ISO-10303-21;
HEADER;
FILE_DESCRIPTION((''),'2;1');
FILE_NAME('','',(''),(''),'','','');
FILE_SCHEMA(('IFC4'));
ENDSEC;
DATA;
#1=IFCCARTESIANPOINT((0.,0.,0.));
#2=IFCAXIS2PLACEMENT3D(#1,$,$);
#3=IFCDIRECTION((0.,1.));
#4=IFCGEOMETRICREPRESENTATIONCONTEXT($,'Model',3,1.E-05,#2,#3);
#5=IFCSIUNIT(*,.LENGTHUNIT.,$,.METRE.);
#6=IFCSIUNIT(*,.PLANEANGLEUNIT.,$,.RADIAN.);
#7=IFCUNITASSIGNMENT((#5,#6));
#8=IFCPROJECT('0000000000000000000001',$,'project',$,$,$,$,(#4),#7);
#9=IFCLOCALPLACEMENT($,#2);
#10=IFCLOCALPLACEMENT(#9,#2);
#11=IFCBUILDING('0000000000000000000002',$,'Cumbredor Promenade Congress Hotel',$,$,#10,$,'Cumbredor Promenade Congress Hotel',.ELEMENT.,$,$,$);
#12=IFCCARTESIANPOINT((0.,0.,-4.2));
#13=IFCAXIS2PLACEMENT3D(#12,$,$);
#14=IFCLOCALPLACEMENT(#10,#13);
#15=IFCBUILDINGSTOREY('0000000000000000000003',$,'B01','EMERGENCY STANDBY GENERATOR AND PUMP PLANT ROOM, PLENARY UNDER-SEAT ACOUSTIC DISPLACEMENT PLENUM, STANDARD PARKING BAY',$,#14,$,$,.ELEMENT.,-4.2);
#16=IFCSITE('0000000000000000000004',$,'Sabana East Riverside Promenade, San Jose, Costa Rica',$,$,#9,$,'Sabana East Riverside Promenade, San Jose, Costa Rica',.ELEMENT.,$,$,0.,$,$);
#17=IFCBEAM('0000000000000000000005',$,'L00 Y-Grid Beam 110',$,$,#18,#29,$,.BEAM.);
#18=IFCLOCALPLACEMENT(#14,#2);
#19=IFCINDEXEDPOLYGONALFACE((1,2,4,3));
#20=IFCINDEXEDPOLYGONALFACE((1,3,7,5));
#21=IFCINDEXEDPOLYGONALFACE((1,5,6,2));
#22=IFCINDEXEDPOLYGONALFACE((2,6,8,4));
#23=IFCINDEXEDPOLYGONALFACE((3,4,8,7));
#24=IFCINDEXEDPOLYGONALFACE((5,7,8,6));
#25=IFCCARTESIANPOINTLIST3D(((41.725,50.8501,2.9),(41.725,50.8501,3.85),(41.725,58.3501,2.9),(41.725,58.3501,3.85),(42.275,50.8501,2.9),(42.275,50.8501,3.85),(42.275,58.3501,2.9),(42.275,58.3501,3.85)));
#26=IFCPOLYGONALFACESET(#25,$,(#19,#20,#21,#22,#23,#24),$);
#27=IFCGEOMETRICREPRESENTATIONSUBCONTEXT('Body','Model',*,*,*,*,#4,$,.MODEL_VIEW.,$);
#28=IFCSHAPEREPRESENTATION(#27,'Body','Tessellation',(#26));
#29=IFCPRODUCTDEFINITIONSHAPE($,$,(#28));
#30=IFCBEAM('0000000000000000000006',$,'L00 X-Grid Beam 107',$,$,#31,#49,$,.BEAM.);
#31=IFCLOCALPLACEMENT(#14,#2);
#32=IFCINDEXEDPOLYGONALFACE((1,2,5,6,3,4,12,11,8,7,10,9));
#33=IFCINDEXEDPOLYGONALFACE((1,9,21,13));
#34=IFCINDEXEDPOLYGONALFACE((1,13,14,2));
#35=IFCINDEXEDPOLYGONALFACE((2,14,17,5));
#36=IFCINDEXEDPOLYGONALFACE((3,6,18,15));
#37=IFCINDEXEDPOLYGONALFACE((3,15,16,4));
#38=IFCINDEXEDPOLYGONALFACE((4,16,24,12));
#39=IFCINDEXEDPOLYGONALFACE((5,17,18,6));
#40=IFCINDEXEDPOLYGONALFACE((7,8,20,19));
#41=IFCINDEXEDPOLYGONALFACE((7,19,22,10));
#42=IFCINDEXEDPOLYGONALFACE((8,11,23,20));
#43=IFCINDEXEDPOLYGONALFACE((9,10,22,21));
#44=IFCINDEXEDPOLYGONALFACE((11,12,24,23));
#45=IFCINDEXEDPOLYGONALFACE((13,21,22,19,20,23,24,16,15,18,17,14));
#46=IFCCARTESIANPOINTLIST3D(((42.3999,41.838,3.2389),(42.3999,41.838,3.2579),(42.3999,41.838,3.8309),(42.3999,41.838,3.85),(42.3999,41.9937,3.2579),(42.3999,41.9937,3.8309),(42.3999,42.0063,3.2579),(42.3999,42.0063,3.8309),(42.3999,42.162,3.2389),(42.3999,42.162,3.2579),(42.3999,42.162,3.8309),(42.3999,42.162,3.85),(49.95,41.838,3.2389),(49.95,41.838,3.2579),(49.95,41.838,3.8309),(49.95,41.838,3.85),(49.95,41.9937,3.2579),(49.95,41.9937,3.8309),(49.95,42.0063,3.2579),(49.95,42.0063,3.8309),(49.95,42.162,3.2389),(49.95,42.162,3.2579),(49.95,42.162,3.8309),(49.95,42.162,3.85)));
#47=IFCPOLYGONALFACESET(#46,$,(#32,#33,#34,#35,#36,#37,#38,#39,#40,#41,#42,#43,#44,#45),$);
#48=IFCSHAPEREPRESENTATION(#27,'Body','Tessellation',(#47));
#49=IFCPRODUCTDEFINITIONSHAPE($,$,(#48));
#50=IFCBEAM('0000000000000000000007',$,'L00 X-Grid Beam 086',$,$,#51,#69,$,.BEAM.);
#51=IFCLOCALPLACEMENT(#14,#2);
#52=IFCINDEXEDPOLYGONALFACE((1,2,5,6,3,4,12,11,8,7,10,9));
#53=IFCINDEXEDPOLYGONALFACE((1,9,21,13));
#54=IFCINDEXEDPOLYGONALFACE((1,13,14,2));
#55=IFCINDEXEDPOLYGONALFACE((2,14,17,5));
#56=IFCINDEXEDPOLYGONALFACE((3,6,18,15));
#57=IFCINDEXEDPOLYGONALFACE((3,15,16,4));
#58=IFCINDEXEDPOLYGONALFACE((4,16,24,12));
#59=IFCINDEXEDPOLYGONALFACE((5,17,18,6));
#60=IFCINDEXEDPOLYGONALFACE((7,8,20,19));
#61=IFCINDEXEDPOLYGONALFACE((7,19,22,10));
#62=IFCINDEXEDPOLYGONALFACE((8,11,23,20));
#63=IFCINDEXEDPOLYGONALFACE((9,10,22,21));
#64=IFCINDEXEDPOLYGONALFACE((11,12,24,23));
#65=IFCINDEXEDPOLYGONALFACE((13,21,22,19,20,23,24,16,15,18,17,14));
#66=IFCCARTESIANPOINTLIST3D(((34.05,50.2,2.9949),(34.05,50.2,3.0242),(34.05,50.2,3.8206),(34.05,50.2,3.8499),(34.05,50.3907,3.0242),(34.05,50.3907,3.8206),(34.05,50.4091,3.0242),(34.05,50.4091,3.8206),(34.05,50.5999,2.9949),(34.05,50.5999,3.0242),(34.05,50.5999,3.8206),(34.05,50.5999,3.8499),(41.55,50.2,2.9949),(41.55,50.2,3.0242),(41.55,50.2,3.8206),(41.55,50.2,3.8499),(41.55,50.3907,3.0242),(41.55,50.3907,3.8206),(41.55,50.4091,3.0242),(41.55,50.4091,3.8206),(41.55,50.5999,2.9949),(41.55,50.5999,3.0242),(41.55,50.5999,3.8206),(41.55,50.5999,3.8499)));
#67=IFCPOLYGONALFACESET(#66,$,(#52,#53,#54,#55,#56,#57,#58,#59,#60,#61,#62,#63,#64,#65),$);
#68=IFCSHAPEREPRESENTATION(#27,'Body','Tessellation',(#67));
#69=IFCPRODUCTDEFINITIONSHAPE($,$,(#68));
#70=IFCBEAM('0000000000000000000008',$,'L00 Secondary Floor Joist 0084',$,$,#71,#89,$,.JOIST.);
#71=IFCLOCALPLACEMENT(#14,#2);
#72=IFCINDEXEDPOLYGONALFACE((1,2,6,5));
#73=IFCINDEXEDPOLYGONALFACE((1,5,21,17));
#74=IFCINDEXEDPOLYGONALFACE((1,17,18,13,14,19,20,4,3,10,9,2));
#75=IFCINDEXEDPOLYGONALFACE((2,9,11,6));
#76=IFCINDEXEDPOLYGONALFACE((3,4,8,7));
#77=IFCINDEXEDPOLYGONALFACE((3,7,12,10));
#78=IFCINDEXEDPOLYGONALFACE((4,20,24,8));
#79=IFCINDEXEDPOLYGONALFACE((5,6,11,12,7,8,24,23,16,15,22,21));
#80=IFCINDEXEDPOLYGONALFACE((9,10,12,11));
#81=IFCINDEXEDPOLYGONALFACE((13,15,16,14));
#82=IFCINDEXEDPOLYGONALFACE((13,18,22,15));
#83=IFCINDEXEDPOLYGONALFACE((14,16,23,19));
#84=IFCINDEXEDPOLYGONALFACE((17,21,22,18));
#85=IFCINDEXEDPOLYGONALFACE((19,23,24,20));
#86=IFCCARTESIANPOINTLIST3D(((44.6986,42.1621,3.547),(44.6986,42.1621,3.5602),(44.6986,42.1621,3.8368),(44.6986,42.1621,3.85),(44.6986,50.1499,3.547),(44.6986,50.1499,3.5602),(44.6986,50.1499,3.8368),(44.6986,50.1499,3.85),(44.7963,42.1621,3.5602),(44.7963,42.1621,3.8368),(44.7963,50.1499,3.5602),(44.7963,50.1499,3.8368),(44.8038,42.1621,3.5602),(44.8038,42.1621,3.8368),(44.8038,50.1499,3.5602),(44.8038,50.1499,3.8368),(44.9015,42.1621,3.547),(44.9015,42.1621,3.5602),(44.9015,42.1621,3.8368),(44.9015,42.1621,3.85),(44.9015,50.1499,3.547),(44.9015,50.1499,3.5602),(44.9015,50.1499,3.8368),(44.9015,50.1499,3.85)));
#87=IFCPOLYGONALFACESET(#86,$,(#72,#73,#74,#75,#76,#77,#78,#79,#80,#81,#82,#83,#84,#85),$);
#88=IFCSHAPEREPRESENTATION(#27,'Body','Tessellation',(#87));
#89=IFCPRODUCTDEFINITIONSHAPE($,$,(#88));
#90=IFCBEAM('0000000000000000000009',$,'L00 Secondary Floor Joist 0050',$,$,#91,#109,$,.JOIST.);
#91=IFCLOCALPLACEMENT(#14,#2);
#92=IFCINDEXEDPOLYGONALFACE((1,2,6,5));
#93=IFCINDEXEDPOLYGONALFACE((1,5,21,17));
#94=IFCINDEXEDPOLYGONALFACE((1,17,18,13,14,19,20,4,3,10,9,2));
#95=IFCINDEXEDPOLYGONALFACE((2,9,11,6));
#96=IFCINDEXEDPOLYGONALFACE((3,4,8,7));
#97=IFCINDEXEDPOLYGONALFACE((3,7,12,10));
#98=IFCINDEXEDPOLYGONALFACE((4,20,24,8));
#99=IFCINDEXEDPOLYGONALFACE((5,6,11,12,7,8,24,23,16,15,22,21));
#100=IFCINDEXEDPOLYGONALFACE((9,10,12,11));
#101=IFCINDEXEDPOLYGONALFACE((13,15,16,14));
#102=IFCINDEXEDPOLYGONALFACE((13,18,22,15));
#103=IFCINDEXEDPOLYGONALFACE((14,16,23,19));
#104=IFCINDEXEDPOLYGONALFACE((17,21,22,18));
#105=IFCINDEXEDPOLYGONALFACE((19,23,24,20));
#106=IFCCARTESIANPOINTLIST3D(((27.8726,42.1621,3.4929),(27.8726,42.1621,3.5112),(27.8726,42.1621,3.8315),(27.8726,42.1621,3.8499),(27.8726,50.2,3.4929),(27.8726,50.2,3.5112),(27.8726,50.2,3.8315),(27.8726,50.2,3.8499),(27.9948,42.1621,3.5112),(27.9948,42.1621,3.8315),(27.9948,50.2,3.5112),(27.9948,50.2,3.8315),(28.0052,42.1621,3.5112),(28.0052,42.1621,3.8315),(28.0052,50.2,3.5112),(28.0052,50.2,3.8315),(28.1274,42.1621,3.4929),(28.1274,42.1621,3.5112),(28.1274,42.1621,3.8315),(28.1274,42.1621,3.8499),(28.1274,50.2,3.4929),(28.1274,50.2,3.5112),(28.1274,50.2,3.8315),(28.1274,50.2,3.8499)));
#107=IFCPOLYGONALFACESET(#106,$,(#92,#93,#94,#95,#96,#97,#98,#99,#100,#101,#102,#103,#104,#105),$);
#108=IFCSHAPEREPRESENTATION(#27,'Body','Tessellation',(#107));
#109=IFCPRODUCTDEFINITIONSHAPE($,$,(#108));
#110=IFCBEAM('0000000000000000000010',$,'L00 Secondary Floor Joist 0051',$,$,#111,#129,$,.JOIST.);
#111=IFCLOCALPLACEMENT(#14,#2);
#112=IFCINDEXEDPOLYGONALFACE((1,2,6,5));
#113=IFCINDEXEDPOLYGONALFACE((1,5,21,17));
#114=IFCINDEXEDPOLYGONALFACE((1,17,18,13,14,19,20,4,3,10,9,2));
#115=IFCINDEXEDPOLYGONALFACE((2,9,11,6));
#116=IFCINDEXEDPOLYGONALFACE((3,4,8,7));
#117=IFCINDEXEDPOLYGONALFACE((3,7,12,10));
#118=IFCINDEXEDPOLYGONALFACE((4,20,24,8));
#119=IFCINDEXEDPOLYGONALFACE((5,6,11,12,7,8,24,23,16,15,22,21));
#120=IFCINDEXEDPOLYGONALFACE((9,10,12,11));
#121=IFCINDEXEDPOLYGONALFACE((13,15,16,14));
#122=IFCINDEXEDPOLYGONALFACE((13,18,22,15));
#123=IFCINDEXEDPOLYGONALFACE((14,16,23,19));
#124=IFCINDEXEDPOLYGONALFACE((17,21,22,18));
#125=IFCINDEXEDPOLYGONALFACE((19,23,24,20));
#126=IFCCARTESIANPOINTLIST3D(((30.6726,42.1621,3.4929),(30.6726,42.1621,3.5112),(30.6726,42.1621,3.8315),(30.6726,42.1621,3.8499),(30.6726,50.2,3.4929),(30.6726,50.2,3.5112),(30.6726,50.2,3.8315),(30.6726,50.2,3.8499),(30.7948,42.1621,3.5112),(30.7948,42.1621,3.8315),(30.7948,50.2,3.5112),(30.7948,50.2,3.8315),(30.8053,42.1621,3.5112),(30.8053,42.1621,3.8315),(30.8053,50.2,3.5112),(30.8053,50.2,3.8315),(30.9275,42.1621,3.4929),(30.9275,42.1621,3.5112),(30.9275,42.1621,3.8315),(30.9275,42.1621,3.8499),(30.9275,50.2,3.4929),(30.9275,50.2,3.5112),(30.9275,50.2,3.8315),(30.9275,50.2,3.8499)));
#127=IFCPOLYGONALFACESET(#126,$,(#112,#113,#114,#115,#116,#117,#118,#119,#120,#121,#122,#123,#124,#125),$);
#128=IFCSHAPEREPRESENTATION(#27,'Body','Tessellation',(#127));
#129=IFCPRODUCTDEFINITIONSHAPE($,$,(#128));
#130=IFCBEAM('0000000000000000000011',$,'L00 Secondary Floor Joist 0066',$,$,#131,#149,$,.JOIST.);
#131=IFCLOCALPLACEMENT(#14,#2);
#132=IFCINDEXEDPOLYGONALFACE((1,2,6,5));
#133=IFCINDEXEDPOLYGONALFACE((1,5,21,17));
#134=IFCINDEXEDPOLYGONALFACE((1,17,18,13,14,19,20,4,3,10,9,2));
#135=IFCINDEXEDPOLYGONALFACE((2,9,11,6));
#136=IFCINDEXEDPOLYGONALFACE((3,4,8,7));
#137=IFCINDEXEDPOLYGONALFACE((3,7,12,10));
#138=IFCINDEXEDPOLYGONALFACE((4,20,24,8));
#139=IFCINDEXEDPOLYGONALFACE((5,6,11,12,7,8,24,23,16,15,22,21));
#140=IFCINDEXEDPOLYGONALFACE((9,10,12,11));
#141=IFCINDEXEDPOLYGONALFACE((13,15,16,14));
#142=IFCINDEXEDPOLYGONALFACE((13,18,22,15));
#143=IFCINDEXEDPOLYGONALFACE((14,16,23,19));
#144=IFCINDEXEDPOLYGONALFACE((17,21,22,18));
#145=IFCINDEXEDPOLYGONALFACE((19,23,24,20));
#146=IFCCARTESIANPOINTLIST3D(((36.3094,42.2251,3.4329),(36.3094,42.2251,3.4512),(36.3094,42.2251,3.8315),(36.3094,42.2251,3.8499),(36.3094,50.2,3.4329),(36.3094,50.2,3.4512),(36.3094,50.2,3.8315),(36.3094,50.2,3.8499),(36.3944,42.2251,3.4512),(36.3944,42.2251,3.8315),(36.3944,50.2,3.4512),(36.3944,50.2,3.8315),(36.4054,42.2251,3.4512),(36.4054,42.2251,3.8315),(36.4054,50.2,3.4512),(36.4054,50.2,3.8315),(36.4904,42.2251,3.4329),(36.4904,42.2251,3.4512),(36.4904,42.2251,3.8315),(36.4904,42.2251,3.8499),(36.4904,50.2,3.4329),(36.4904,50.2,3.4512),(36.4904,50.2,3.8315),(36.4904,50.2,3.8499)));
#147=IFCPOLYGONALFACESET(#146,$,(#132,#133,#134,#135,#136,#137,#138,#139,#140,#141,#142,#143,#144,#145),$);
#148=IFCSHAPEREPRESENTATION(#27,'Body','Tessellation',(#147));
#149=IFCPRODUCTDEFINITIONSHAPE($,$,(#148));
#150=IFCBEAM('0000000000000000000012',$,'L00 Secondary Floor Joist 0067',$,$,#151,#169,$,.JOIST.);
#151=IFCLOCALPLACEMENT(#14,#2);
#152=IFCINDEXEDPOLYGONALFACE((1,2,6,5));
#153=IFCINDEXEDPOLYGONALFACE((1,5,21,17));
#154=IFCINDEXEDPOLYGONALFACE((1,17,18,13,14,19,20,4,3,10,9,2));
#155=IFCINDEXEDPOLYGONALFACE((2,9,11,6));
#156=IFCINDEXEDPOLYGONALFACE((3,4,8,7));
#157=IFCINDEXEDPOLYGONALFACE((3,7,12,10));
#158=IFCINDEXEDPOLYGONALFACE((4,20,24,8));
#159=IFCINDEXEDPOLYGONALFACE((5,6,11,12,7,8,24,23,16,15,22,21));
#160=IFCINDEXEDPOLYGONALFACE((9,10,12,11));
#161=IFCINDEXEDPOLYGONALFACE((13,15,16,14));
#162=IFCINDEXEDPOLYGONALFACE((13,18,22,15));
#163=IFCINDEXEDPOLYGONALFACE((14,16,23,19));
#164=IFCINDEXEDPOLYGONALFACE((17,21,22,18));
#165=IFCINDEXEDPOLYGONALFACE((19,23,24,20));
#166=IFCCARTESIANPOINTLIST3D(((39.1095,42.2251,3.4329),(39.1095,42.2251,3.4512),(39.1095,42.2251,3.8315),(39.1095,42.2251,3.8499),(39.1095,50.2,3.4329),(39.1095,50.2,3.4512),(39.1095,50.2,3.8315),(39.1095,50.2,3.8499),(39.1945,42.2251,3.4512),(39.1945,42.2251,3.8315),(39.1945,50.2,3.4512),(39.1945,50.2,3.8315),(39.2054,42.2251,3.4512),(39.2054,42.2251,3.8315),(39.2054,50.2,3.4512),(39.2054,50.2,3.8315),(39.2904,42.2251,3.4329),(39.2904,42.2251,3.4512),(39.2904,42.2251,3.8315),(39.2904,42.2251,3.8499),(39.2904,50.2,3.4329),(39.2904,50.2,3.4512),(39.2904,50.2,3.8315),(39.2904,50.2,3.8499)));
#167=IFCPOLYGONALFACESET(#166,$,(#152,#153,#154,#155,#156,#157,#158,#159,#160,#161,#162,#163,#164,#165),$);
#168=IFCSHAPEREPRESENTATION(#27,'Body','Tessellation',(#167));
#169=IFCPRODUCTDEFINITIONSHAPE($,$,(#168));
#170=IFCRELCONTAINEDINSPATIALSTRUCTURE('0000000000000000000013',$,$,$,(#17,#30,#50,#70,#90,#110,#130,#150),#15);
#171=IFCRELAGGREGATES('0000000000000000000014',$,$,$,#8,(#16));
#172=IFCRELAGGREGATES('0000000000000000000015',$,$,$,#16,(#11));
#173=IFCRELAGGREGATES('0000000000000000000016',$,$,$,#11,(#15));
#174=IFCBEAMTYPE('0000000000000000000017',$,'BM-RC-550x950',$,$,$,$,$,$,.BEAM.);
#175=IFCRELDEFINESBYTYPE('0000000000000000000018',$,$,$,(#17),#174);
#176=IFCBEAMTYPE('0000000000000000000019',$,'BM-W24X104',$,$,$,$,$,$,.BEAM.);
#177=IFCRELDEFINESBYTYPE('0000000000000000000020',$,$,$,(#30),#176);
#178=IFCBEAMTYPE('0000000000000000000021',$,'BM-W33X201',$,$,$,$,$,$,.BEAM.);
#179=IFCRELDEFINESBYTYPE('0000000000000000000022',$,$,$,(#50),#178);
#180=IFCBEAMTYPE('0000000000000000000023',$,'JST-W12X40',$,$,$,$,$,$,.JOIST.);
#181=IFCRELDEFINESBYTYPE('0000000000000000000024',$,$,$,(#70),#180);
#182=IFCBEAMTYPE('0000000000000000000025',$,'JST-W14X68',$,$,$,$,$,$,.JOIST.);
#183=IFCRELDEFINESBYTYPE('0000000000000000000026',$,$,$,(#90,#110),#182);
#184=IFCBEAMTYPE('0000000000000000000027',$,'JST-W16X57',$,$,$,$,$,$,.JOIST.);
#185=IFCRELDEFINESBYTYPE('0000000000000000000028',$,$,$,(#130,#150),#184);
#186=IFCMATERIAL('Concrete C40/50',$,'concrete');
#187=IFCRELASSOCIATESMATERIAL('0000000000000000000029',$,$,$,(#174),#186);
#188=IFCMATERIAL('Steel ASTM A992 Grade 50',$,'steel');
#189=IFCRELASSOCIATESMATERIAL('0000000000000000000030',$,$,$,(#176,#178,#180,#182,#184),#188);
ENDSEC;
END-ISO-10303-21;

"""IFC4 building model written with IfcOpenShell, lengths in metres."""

from ifc_helpers import new_model, si_unit, direction, frame, origin, origin_2d, place, context, subcontext, project, spatial, rectangle, i_section, extrude, material, material_profile, profile_set, type_object, element, save


model = new_model("IFC4")

# Units and contexts
model_context = context("Model", 3, precision=1e-05, world=origin(), true_north=direction((0.0, 1.0)))
body_context = subcontext(model_context, "Body", "Model", "MODEL_VIEW")
ifc_project = project(units=[si_unit("LENGTHUNIT", "METRE"), si_unit("PLANEANGLEUNIT", "RADIAN")], contexts=[model_context])

# Site, building, storey
site_placement = place(None, origin())
site = spatial("IfcSite", under=ifc_project, at=site_placement, Name="Sabana East Riverside Promenade, San Jose, Costa Rica", LongName="Sabana East Riverside Promenade, San Jose, Costa Rica", CompositionType="ELEMENT", RefElevation=0.0)
building_placement = place(site_placement, origin())
building = spatial("IfcBuilding", under=site, at=building_placement, Name="Cumbredor Promenade Congress Hotel", LongName="Cumbredor Promenade Congress Hotel", CompositionType="ELEMENT")
storey_placement = place(building_placement, frame((0.0, 0.0, -4.2)))
storey = spatial("IfcBuildingStorey", under=building, at=storey_placement, Name="B01", Description="EMERGENCY STANDBY GENERATOR AND PUMP PLANT ROOM, PLENARY UNDER-SEAT ACOUSTIC DISPLACEMENT PLENUM, STANDARD PARKING BAY", CompositionType="ELEMENT", Elevation=-4.2)

# Beams
ifc_material_1 = material(Name="Concrete C40/50", Category="concrete")
ifc_material_profile_1 = material_profile(ifc_material_1, rectangle(XDim=0.55, YDim=0.95, at=origin_2d()), Name="RC BEAM 550x950")
ifc_profile_set_1 = profile_set([ifc_material_profile_1], Name="Concrete C40/50")
beam_type_1 = type_object("IfcBeamType", Name="BM-RC-550x950", PredefinedType="BEAM", material=ifc_profile_set_1)
beam_1_placement = place(storey_placement, frame((42.0, 50.8501, 3.375), z_axis=(0.0, 1.0, 0.0), x_axis=(-1.0, 0.0, 0.0)))
element("IfcBeam", 1, at=beam_1_placement, inside=storey, type_object=beam_type_1, Name="L00 Y-Grid Beam 110", PredefinedType="BEAM", context=body_context, shape_type="SweptSolid", body=[
    extrude(rectangle(XDim=0.55, YDim=0.95, at=origin_2d()), origin(), (0.0, 0.0, 1.0), 7.5),
])
ifc_material_2 = material(Name="Steel ASTM A992 Grade 50", Category="steel")
ifc_material_profile_2 = material_profile(ifc_material_2, i_section(OverallWidth=0.324, OverallDepth=0.6111, WebThickness=0.0127, FlangeThickness=0.019, at=origin_2d()), Name="W24X104")
ifc_profile_set_2 = profile_set([ifc_material_profile_2], Name="Steel ASTM A992 Grade 50")
beam_type_2 = type_object("IfcBeamType", Name="BM-W24X104", PredefinedType="BEAM", material=ifc_profile_set_2)
beam_2_placement = place(storey_placement, frame((42.3999, 42.0, 3.5444), z_axis=(1.0, 0.0, 0.0), x_axis=(0.0, 1.0, 0.0)))
element("IfcBeam", 2, at=beam_2_placement, inside=storey, type_object=beam_type_2, Name="L00 X-Grid Beam 107", PredefinedType="BEAM", context=body_context, shape_type="SweptSolid", body=[
    extrude(i_section(OverallWidth=0.324, OverallDepth=0.6111, WebThickness=0.0127, FlangeThickness=0.019, at=origin_2d()), origin(), (0.0, 0.0, 1.0), 7.55),
])
ifc_material_profile_3 = material_profile(ifc_material_2, i_section(OverallWidth=0.3999, OverallDepth=0.855, WebThickness=0.0183, FlangeThickness=0.0293, at=origin_2d()), Name="W33X201")
ifc_profile_set_3 = profile_set([ifc_material_profile_3], Name="Steel ASTM A992 Grade 50")
beam_type_3 = type_object("IfcBeamType", Name="BM-W33X201", PredefinedType="BEAM", material=ifc_profile_set_3)
beam_3_placement = place(storey_placement, frame((34.05, 50.3999, 3.4224), z_axis=(1.0, 0.0, 0.0), x_axis=(0.0, 1.0, 0.0)))
element("IfcBeam", 3, at=beam_3_placement, inside=storey, type_object=beam_type_3, Name="L00 X-Grid Beam 086", PredefinedType="BEAM", context=body_context, shape_type="SweptSolid", body=[
    extrude(i_section(OverallWidth=0.3999, OverallDepth=0.855, WebThickness=0.0183, FlangeThickness=0.0293, at=origin_2d()), origin(), (0.0, 0.0, 1.0), 7.5),
])
ifc_material_profile_4 = material_profile(ifc_material_2, i_section(OverallWidth=0.2029, OverallDepth=0.303, WebThickness=0.0076, FlangeThickness=0.0132, at=origin_2d()), Name="W12X40")
ifc_profile_set_4 = profile_set([ifc_material_profile_4], Name="Steel ASTM A992 Grade 50")
beam_type_4 = type_object("IfcBeamType", Name="JST-W12X40", PredefinedType="JOIST", material=ifc_profile_set_4)
beam_4_placement = place(storey_placement, frame((44.8, 42.1621, 3.6985), z_axis=(0.0, 1.0, 0.0), x_axis=(-1.0, 0.0, 0.0)))
element("IfcBeam", 4, at=beam_4_placement, inside=storey, type_object=beam_type_4, Name="L00 Secondary Floor Joist 0084", PredefinedType="JOIST", context=body_context, shape_type="SweptSolid", body=[
    extrude(i_section(OverallWidth=0.2029, OverallDepth=0.303, WebThickness=0.0076, FlangeThickness=0.0132, at=origin_2d()), origin(), (0.0, 0.0, 1.0), 7.9878),
])
ifc_material_profile_5 = material_profile(ifc_material_2, i_section(OverallWidth=0.2549, OverallDepth=0.3569, WebThickness=0.0105, FlangeThickness=0.0183, at=origin_2d()), Name="W14X68")
ifc_profile_set_5 = profile_set([ifc_material_profile_5], Name="Steel ASTM A992 Grade 50")
beam_type_5 = type_object("IfcBeamType", Name="JST-W14X68", PredefinedType="JOIST", material=ifc_profile_set_5)
for number, where, z_axis, x_axis, name in (
    (5, (28.0, 42.1621, 3.6714), (0.0, 1.0, 0.0), (-1.0, 0.0, 0.0), "L00 Secondary Floor Joist 0050"),
    (6, (30.8, 42.1621, 3.6714), (0.0, 1.0, 0.0), (-1.0, 0.0, 0.0), "L00 Secondary Floor Joist 0051"),
):
    element("IfcBeam", number, at=place(storey_placement, frame(where, z_axis=z_axis, x_axis=x_axis)), inside=storey, type_object=beam_type_5, Name=name, PredefinedType="JOIST", context=body_context, shape_type="SweptSolid", body=[
        extrude(i_section(OverallWidth=0.2549, OverallDepth=0.3569, WebThickness=0.0105, FlangeThickness=0.0183, at=origin_2d()), origin(), (0.0, 0.0, 1.0), 8.0378),
    ])
ifc_material_profile_6 = material_profile(ifc_material_2, i_section(OverallWidth=0.1809, OverallDepth=0.417, WebThickness=0.011, FlangeThickness=0.0183, at=origin_2d()), Name="W16X57")
ifc_profile_set_6 = profile_set([ifc_material_profile_6], Name="Steel ASTM A992 Grade 50")
beam_type_6 = type_object("IfcBeamType", Name="JST-W16X57", PredefinedType="JOIST", material=ifc_profile_set_6)
for number, where, z_axis, x_axis, name in (
    (7, (36.3999, 42.2251, 3.6414), (0.0, 1.0, 0.0), (-1.0, 0.0, 0.0), "L00 Secondary Floor Joist 0066"),
    (8, (39.2, 42.2251, 3.6414), (0.0, 1.0, 0.0), (-1.0, 0.0, 0.0), "L00 Secondary Floor Joist 0067"),
):
    element("IfcBeam", number, at=place(storey_placement, frame(where, z_axis=z_axis, x_axis=x_axis)), inside=storey, type_object=beam_type_6, Name=name, PredefinedType="JOIST", context=body_context, shape_type="SweptSolid", body=[
        extrude(i_section(OverallWidth=0.1809, OverallDepth=0.417, WebThickness=0.011, FlangeThickness=0.0183, at=origin_2d()), origin(), (0.0, 0.0, 1.0), 7.9749),
    ])

save(model, "model.ifc")
